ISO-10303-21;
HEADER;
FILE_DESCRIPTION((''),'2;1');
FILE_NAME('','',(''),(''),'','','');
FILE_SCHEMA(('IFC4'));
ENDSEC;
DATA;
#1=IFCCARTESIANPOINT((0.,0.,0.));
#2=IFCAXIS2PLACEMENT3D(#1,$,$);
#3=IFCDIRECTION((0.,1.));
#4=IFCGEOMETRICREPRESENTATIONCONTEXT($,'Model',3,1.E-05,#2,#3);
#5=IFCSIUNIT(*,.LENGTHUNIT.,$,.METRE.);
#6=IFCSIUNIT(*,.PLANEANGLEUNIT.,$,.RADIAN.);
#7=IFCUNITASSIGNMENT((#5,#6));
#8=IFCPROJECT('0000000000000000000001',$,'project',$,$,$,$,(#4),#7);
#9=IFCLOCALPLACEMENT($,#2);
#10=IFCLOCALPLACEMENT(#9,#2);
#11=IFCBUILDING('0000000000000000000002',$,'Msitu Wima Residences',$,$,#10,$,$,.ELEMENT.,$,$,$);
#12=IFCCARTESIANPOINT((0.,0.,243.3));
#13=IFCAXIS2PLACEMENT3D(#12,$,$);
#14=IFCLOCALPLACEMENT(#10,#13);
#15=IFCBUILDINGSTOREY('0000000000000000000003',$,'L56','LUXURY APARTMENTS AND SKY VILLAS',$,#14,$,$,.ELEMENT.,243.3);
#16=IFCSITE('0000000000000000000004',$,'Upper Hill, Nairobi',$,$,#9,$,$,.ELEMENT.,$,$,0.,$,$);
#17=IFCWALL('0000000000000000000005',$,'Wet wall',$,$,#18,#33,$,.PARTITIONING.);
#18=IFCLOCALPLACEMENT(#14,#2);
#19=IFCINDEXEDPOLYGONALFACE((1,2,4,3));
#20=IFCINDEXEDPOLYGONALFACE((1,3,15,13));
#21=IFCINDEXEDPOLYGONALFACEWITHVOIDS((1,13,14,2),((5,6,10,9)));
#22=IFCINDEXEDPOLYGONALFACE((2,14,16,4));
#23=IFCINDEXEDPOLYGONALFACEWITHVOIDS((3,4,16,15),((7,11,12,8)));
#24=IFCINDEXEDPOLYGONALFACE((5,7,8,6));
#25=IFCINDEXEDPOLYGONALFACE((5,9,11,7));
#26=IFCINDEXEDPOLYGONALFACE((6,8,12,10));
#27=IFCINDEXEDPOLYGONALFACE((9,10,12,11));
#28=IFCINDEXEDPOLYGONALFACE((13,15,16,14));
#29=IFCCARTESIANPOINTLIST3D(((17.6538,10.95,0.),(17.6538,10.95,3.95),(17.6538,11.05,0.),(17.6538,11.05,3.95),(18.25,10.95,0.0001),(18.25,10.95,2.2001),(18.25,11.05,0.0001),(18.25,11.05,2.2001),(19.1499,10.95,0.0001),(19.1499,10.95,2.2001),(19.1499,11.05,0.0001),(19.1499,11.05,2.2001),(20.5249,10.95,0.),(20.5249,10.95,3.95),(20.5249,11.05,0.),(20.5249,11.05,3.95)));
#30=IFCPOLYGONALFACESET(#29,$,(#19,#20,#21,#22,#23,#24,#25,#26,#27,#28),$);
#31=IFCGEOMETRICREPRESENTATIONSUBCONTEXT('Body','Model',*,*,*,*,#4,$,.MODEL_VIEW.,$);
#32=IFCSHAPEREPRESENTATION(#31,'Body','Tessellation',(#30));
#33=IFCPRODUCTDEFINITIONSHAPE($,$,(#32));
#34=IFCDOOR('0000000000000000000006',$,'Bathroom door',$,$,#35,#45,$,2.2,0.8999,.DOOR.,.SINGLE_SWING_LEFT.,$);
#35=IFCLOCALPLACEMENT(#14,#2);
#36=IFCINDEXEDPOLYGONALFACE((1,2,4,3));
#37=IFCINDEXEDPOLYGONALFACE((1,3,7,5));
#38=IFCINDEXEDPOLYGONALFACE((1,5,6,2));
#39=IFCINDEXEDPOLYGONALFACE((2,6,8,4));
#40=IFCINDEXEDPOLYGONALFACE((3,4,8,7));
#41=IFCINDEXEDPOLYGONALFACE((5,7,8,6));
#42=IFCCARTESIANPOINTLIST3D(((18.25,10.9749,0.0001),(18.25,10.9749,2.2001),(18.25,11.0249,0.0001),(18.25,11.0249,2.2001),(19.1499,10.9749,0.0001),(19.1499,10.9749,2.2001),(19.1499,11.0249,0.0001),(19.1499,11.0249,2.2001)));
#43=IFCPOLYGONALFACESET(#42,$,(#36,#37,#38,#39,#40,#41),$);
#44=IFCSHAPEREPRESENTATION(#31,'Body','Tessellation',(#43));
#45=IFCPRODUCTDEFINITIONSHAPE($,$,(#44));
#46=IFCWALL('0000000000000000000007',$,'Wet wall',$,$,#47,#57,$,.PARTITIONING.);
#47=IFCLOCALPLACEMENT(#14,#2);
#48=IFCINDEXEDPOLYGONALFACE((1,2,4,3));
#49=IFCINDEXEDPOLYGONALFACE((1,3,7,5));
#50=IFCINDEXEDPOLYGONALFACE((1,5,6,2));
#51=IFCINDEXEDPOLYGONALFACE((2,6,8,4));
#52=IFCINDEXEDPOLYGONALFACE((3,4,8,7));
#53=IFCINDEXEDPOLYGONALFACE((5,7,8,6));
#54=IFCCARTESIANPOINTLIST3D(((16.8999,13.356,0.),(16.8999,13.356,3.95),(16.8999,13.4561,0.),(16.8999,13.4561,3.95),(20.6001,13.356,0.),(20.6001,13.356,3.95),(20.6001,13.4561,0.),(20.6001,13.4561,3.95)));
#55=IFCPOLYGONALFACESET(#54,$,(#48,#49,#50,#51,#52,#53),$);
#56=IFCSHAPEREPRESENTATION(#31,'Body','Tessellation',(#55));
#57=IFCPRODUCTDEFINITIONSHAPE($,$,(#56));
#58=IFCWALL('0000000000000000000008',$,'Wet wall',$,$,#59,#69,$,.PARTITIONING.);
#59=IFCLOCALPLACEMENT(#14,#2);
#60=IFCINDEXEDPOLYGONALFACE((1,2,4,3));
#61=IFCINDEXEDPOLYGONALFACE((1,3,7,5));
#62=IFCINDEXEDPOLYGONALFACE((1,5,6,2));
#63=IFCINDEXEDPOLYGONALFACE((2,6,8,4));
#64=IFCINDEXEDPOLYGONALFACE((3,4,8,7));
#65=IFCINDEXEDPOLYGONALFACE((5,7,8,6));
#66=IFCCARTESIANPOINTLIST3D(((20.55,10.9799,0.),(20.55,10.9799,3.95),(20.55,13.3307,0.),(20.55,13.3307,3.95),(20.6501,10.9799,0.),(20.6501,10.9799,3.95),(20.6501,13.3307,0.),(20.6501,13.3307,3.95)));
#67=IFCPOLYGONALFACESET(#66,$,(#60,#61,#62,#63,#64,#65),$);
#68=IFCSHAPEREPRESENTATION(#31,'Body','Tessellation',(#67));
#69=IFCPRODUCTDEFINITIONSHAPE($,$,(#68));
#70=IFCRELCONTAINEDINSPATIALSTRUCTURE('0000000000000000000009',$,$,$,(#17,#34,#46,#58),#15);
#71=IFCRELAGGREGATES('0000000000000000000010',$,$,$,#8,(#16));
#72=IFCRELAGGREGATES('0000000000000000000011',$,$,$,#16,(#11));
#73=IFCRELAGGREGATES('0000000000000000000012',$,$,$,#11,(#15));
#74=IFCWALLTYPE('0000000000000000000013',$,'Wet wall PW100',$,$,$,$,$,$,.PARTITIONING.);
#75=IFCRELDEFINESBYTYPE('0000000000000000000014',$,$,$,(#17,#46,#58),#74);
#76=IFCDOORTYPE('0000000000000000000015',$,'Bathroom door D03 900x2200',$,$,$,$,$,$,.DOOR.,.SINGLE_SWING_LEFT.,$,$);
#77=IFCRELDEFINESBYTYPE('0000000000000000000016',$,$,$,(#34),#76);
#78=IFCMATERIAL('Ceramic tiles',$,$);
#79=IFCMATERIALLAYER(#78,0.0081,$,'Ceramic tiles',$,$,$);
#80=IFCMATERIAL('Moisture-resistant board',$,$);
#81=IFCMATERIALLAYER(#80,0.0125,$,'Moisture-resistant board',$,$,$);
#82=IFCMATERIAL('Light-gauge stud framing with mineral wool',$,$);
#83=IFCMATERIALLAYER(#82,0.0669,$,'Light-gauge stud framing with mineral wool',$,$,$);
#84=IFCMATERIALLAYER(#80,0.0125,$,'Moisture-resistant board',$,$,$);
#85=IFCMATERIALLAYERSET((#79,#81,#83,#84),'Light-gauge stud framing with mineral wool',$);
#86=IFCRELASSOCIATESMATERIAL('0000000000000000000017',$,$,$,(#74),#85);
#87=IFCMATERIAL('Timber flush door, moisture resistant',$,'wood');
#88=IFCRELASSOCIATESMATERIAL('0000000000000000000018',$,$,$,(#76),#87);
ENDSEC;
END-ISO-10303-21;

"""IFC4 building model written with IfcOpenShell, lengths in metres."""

from ifc_helpers import new_model, si_unit, direction, frame, frame_2d, origin, place, context, subcontext, project, spatial, rectangle, extrude, material, layer, layer_set, type_object, element, fill, save


model = new_model("IFC4")

# Units and contexts
model_context = context("Model", 3, precision=1e-05, world=origin(), true_north=direction((0.0, 1.0)))
body_context = subcontext(model_context, "Body", "Model", "MODEL_VIEW")
ifc_project = project(units=[si_unit("LENGTHUNIT", "METRE"), si_unit("PLANEANGLEUNIT", "RADIAN")], contexts=[model_context])

# Site, building, storey
site_placement = place(None, origin())
site = spatial("IfcSite", under=ifc_project, at=site_placement, Name="Upper Hill, Nairobi", CompositionType="ELEMENT", RefElevation=0.0)
building_placement = place(site_placement, origin())
building = spatial("IfcBuilding", under=site, at=building_placement, Name="Msitu Wima Residences", CompositionType="ELEMENT")
storey_placement = place(building_placement, frame((0.0, 0.0, 243.3)))
storey = spatial("IfcBuildingStorey", under=building, at=storey_placement, Name="L56", Description="LUXURY APARTMENTS AND SKY VILLAS", CompositionType="ELEMENT", Elevation=243.3)

# Shared definitions
ifc_material_1 = material(Name="Ceramic tiles")
ifc_layer_1 = layer(ifc_material_1, 0.0081, Name="Ceramic tiles")
ifc_material_2 = material(Name="Moisture-resistant board")
ifc_layer_2 = layer(ifc_material_2, 0.0125, Name="Moisture-resistant board")
ifc_material_3 = material(Name="Light-gauge stud framing with mineral wool")
ifc_layer_3 = layer(ifc_material_3, 0.0669, Name="Light-gauge stud framing with mineral wool")
ifc_layer_4 = layer(ifc_material_2, 0.0125, Name="Moisture-resistant board")
ifc_layer_set_1 = layer_set([ifc_layer_1, ifc_layer_2, ifc_layer_3, ifc_layer_4], Name="Light-gauge stud framing with mineral wool")
wall_type_1 = type_object("IfcWallType", Name="Wet wall PW100", PredefinedType="PARTITIONING", material=ifc_layer_set_1)

# Wall, opening, door
wall_1_placement = place(storey_placement, frame((17.6538, 11.0, 0.0), z_axis=(0.0, 0.0, 1.0), x_axis=(1.0, 0.0, 0.0)))
wall_1 = element("IfcWall", 1, at=wall_1_placement, inside=storey, type_object=wall_type_1, Name="Wet wall", PredefinedType="PARTITIONING", context=body_context, shape_type="SweptSolid", body=[
    extrude(rectangle(XDim=2.8711, YDim=0.1001, at=frame_2d((1.4355, 0.0))), origin(), (0.0, 0.0, 1.0), 3.95),
])
opening_1_placement = place(wall_1_placement, frame((0.5962, 0.0, 0.0)))
opening_1 = element("IfcOpeningElement", 2, at=opening_1_placement, cuts=wall_1, PredefinedType="OPENING", context=body_context, shape_type="SweptSolid", body=[
    extrude(rectangle(XDim=0.8999, YDim=2.2, at=frame_2d((0.45, 1.1001))), frame((0.0, 0.0601, 0.0), z_axis=(0.0, -1.0, 0.0), x_axis=(1.0, 0.0, 0.0)), (0.0, 0.0, 1.0), 0.1201),
])
ifc_material_4 = material(Name="Timber flush door, moisture resistant", Category="wood")
door_type_1 = type_object("IfcDoorType", Name="Bathroom door D03 900x2200", OperationType="SINGLE_SWING_LEFT", PredefinedType="DOOR", material=ifc_material_4)
door_1_placement = place(opening_1_placement, origin())
door_1 = element("IfcDoor", 3, at=door_1_placement, inside=storey, type_object=door_type_1, Name="Bathroom door", OperationType="SINGLE_SWING_LEFT", OverallHeight=2.2, OverallWidth=0.8999, PredefinedType="DOOR", context=body_context, shape_type="SweptSolid", body=[
    extrude(rectangle(XDim=0.8999, YDim=2.2, at=frame_2d((0.45, 1.1001))), frame((0.0, 0.0249, 0.0), z_axis=(0.0, -1.0, 0.0), x_axis=(1.0, 0.0, 0.0)), (0.0, 0.0, 1.0), 0.05),
])
fill(opening_1, door_1)

# Walls
wall_2_placement = place(storey_placement, frame((16.8999, 13.406, 0.0), z_axis=(0.0, 0.0, 1.0), x_axis=(1.0, 0.0, 0.0)))
element("IfcWall", 4, at=wall_2_placement, inside=storey, type_object=wall_type_1, Name="Wet wall", PredefinedType="PARTITIONING", context=body_context, shape_type="SweptSolid", body=[
    extrude(rectangle(XDim=3.7002, YDim=0.1001, at=frame_2d((1.8501, 0.0))), origin(), (0.0, 0.0, 1.0), 3.95),
])
wall_3_placement = place(storey_placement, frame((20.6001, 10.98, 0.0), z_axis=(0.0, 0.0, 1.0), x_axis=(0.0, 1.0, 0.0)))
element("IfcWall", 5, at=wall_3_placement, inside=storey, type_object=wall_type_1, Name="Wet wall", PredefinedType="PARTITIONING", context=body_context, shape_type="SweptSolid", body=[
    extrude(rectangle(XDim=2.3508, YDim=0.1001, at=frame_2d((1.1753, 0.0))), origin(), (0.0, 0.0, 1.0), 3.95),
])

save(model, "model.ifc")
